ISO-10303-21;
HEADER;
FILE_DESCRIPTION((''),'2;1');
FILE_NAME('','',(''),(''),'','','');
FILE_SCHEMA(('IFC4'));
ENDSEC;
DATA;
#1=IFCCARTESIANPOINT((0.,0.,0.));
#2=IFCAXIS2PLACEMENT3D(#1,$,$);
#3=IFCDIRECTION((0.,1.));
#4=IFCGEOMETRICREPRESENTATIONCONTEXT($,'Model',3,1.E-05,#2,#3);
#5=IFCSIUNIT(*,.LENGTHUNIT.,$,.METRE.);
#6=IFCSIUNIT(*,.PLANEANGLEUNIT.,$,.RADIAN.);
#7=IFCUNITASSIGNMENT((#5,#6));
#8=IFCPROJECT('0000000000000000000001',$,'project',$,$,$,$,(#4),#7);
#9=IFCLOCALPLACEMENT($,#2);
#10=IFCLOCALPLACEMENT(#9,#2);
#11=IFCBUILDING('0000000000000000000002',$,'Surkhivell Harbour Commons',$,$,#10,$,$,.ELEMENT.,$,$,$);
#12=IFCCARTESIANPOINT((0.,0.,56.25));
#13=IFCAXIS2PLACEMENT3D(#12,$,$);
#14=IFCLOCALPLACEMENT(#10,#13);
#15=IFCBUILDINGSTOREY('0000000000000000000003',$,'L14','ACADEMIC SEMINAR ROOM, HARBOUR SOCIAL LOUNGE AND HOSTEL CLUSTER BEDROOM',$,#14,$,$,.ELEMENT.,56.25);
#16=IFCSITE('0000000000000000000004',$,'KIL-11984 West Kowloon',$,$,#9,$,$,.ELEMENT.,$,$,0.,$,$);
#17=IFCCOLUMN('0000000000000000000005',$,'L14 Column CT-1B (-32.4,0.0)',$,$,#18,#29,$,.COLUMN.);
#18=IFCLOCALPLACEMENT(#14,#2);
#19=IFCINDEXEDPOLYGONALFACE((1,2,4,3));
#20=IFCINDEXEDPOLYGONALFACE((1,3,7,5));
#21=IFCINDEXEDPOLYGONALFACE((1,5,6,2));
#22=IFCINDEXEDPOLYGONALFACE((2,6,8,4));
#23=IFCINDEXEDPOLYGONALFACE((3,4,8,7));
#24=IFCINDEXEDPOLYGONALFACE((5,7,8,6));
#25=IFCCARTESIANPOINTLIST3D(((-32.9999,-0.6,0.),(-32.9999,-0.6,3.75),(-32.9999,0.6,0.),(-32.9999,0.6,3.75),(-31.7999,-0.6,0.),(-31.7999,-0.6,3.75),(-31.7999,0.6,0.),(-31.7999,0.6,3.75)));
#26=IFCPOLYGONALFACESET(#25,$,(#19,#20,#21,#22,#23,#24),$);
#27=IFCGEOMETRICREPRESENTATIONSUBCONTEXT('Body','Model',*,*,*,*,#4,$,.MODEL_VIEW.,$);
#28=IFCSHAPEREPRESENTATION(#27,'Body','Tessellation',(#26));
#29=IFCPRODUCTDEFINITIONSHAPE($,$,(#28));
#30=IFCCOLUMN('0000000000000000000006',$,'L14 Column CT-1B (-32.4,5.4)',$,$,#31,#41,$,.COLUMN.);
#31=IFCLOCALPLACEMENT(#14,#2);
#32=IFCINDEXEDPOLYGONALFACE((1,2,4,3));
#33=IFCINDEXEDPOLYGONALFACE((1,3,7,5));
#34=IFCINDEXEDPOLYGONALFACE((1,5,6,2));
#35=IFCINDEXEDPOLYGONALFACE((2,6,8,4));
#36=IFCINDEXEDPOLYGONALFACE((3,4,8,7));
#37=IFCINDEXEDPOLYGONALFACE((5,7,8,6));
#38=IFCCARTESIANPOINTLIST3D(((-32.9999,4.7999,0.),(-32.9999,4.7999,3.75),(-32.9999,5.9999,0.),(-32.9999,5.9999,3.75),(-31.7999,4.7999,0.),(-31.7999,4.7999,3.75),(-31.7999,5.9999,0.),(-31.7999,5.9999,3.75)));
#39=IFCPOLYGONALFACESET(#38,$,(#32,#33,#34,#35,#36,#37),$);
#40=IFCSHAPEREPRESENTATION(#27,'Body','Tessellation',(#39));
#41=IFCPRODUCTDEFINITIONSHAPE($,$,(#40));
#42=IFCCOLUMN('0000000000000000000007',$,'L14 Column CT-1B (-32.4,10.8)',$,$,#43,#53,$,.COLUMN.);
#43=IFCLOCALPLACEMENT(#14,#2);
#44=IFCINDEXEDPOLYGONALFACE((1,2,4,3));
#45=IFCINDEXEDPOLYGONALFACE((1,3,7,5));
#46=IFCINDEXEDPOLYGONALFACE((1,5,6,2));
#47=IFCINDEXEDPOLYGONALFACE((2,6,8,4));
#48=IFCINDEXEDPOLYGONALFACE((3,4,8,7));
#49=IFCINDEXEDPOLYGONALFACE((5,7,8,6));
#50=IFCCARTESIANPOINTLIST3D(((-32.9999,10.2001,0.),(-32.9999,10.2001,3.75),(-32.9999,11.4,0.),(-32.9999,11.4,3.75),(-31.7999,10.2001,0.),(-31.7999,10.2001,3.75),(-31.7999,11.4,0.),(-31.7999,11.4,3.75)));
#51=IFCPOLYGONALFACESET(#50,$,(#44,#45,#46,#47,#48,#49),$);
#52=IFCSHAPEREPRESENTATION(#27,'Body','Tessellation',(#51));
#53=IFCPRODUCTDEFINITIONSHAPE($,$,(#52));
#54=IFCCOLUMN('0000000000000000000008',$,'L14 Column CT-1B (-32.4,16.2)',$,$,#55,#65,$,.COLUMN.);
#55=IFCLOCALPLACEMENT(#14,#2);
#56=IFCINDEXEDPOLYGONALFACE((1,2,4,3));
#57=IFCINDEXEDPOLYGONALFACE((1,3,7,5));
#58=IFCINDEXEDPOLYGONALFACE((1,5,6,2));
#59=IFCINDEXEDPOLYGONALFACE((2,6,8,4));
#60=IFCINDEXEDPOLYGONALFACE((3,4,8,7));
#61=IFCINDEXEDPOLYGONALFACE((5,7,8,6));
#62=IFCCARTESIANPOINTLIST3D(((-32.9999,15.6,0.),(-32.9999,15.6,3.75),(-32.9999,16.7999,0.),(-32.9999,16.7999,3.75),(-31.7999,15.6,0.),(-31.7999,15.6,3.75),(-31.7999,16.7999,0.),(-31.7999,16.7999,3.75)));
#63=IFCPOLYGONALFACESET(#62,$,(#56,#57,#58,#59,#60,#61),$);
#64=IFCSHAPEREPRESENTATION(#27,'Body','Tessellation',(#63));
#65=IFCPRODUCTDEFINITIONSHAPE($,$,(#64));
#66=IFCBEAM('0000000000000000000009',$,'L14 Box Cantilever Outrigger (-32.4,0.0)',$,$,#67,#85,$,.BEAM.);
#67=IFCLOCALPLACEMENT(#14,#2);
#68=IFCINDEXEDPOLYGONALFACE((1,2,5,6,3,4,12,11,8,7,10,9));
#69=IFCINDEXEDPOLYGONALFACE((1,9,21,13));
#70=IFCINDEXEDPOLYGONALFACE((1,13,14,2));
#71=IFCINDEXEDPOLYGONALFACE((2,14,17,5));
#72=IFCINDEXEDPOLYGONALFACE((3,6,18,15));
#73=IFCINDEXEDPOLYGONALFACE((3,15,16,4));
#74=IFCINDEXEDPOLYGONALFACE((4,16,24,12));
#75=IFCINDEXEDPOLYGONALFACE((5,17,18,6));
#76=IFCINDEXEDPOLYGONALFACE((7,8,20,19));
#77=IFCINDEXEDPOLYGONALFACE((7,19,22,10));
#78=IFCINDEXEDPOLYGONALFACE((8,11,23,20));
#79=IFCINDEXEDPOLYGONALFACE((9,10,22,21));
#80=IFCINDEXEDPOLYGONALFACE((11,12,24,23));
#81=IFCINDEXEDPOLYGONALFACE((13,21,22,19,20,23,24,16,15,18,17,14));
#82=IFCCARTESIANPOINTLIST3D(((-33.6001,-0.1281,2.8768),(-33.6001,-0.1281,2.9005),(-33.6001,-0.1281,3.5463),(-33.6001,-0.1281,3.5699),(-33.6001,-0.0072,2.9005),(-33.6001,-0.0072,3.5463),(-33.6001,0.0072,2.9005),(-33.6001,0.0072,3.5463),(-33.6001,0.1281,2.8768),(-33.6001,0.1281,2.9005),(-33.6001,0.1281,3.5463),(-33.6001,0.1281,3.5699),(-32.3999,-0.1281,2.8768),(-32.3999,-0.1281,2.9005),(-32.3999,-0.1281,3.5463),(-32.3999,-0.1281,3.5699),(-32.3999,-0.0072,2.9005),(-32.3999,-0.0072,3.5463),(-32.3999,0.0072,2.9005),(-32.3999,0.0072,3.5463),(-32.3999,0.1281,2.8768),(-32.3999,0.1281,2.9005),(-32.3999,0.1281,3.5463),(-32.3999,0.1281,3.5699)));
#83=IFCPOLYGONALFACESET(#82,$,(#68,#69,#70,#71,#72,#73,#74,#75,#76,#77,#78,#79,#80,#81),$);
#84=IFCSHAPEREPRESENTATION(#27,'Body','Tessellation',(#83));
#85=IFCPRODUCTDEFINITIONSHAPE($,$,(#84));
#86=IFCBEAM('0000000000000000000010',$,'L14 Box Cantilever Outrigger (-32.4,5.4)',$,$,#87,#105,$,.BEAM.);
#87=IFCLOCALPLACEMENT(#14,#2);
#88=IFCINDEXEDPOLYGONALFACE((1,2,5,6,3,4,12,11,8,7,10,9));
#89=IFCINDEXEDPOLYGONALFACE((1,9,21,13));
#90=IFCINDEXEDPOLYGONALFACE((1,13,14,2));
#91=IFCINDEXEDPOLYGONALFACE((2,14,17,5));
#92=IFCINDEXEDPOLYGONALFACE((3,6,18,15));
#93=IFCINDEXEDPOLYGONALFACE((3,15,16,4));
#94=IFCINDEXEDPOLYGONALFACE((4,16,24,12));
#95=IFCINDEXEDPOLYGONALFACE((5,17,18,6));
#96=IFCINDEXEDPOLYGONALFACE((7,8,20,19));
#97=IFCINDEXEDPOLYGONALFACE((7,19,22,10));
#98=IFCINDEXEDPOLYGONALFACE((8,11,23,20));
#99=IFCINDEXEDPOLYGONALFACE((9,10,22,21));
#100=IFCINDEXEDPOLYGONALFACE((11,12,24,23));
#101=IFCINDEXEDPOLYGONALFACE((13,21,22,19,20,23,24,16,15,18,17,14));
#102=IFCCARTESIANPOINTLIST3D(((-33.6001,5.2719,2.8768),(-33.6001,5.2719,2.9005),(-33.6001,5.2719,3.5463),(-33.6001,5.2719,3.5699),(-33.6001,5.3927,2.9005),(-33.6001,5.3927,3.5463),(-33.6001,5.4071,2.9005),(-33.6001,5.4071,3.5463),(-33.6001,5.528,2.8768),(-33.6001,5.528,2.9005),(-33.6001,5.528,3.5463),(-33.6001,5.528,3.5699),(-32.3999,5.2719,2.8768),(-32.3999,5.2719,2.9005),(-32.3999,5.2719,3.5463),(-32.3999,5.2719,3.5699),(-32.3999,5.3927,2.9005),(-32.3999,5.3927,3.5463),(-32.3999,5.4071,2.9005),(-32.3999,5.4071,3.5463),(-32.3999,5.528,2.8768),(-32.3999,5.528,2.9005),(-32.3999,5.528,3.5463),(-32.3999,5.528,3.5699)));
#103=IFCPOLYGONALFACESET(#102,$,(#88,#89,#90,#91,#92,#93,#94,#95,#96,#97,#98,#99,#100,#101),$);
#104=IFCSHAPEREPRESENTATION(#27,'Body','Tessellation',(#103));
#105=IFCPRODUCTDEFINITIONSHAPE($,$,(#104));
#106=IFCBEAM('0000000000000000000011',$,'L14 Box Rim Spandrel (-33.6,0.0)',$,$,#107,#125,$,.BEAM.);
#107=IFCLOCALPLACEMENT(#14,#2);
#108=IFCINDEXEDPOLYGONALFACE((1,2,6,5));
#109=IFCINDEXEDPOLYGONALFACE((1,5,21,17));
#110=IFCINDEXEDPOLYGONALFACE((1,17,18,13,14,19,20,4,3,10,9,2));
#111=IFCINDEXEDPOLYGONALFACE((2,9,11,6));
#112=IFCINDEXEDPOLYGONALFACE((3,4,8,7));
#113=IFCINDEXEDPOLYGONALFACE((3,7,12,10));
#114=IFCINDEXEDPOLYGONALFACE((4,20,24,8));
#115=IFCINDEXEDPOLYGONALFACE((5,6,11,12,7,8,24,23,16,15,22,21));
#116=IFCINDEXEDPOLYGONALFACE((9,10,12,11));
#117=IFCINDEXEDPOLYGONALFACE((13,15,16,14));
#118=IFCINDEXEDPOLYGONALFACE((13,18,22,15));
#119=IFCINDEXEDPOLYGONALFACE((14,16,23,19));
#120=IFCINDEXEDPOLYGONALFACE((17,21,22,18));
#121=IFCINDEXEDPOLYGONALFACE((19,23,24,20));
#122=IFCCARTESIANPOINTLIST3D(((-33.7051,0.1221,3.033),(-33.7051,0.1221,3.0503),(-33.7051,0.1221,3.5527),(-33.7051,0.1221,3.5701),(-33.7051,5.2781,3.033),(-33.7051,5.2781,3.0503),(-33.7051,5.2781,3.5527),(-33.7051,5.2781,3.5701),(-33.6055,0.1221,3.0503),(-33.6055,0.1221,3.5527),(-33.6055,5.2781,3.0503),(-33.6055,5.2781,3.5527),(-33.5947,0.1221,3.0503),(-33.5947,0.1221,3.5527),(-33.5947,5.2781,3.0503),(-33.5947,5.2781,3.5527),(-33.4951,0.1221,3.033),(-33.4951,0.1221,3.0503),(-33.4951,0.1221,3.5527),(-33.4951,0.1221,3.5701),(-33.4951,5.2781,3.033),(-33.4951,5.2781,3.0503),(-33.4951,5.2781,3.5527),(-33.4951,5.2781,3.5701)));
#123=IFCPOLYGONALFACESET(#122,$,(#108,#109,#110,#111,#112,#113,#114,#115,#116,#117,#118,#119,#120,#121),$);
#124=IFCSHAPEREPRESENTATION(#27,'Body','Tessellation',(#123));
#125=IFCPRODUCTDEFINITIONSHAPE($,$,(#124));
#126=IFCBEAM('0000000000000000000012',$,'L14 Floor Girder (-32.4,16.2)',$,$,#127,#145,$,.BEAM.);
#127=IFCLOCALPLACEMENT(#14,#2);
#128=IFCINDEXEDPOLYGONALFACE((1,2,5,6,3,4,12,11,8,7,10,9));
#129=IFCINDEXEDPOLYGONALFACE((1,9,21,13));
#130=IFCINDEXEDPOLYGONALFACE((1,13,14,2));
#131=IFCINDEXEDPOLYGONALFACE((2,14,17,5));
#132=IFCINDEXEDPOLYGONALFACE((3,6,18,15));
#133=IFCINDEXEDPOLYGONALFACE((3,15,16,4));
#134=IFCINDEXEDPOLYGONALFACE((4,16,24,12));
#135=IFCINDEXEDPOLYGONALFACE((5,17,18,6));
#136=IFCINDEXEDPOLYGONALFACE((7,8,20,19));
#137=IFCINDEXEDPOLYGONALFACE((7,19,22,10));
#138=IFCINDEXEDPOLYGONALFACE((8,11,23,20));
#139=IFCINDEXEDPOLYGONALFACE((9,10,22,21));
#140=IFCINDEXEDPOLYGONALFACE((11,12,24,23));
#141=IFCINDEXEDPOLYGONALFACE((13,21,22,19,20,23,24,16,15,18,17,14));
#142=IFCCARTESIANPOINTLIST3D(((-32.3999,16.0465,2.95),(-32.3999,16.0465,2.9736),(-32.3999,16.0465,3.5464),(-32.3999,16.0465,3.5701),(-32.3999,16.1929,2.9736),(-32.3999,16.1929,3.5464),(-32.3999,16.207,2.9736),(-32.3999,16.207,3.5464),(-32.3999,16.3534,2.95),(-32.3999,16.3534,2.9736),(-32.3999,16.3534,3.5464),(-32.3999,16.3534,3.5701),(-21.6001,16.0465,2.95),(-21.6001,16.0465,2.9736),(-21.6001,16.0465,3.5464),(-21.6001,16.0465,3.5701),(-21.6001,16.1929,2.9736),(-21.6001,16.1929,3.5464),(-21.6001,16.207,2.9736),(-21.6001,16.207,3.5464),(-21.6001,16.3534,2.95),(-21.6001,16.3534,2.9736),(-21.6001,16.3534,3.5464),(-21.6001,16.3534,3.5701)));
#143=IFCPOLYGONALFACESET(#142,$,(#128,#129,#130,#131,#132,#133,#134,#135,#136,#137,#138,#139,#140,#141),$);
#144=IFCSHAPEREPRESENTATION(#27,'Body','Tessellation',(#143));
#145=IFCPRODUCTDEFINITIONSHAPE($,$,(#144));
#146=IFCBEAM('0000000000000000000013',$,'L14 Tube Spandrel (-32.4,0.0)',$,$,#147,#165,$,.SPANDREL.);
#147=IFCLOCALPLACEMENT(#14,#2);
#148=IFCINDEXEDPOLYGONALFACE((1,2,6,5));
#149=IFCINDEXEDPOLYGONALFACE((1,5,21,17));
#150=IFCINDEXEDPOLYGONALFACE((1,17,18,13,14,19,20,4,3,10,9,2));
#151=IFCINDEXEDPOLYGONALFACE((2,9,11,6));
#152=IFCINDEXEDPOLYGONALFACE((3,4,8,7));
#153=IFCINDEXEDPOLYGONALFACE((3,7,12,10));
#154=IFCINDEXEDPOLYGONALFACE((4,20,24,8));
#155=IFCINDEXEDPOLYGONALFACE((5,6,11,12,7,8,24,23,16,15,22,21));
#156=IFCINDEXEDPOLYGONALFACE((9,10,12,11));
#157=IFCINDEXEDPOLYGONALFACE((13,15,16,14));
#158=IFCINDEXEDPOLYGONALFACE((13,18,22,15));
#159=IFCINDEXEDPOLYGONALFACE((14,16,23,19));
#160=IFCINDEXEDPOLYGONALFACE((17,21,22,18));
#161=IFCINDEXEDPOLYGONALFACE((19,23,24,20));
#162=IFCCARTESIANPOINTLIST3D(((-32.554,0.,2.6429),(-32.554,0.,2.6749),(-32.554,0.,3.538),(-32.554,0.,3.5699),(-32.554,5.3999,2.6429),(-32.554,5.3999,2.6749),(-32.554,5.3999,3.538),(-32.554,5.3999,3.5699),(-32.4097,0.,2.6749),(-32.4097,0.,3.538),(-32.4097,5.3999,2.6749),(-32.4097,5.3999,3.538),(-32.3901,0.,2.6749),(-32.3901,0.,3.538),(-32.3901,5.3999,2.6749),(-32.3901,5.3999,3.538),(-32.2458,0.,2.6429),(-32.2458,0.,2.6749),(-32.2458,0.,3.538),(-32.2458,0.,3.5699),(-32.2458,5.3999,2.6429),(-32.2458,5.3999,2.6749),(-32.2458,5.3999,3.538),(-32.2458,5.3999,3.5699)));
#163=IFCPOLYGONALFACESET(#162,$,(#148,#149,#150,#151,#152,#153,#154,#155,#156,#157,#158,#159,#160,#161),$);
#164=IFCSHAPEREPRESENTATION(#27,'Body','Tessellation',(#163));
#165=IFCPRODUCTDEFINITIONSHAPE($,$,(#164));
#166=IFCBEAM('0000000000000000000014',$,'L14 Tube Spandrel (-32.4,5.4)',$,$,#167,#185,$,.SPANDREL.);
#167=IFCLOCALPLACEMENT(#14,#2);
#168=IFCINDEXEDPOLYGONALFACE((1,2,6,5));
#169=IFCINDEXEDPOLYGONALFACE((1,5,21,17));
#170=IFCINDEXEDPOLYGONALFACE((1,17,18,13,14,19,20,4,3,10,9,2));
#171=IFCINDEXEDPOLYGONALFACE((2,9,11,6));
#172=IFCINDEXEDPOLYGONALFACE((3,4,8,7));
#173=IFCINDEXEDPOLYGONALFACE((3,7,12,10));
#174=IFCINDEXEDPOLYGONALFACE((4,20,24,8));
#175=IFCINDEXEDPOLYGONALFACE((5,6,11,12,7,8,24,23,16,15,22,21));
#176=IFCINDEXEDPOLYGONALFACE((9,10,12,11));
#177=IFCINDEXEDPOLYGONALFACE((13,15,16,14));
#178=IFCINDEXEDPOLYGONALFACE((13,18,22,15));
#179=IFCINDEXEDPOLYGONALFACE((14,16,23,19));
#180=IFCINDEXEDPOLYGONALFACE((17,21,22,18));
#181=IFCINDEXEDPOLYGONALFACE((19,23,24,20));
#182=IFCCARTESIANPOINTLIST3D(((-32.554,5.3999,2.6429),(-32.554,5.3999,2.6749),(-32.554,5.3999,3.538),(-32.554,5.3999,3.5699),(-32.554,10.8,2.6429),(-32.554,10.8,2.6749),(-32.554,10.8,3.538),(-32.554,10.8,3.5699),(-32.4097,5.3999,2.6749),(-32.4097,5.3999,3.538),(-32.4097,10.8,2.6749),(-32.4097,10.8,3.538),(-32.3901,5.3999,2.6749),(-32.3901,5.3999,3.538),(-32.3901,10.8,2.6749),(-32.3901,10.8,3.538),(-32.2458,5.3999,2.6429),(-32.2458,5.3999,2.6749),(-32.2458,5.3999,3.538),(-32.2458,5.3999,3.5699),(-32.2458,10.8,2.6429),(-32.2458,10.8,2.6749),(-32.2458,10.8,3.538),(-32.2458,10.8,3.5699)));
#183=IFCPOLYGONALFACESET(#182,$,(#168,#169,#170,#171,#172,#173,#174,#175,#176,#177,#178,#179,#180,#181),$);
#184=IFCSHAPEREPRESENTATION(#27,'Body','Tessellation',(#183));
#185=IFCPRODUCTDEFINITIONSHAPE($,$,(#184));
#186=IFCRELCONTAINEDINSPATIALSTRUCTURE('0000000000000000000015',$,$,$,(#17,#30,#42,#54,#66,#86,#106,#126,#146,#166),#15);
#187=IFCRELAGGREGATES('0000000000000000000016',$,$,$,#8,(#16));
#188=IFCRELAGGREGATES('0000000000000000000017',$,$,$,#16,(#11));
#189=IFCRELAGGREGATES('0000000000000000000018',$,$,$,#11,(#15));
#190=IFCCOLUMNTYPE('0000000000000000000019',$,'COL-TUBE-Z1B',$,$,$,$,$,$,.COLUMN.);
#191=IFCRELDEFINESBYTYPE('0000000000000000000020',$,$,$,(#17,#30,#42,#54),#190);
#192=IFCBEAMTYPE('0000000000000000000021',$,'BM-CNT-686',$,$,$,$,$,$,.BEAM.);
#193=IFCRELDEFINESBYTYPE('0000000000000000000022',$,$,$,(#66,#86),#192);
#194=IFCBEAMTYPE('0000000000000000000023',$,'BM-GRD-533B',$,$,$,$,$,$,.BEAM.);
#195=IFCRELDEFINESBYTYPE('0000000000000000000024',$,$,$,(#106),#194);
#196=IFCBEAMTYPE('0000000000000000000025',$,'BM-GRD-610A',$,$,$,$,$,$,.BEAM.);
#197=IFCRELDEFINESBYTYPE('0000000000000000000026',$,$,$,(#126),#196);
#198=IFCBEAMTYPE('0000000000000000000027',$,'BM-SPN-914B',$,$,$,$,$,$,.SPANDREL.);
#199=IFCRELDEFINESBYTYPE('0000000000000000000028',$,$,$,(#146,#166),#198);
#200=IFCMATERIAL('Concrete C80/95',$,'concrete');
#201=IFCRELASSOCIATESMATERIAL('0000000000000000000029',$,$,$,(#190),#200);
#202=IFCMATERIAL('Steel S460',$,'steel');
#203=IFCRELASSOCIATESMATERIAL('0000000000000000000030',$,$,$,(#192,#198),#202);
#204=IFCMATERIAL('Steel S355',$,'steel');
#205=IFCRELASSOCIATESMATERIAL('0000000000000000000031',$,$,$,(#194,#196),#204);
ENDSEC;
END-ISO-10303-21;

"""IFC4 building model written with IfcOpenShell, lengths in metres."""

from ifc_helpers import new_model, si_unit, direction, frame, origin, origin_2d, place, context, subcontext, project, spatial, rectangle, i_section, extrude, material, material_profile, profile_set, type_object, element, save


model = new_model("IFC4")

# Units and contexts
model_context = context("Model", 3, precision=1e-05, world=origin(), true_north=direction((0.0, 1.0)))
body_context = subcontext(model_context, "Body", "Model", "MODEL_VIEW")
ifc_project = project(units=[si_unit("LENGTHUNIT", "METRE"), si_unit("PLANEANGLEUNIT", "RADIAN")], contexts=[model_context])

# Site, building, storey
site_placement = place(None, origin())
site = spatial("IfcSite", under=ifc_project, at=site_placement, Name="KIL-11984 West Kowloon", CompositionType="ELEMENT", RefElevation=0.0)
building_placement = place(site_placement, origin())
building = spatial("IfcBuilding", under=site, at=building_placement, Name="Surkhivell Harbour Commons", CompositionType="ELEMENT")
storey_placement = place(building_placement, frame((0.0, 0.0, 56.25)))
storey = spatial("IfcBuildingStorey", under=building, at=storey_placement, Name="L14", Description="ACADEMIC SEMINAR ROOM, HARBOUR SOCIAL LOUNGE AND HOSTEL CLUSTER BEDROOM", CompositionType="ELEMENT", Elevation=56.25)

# Columns
ifc_material_1 = material(Name="Concrete C80/95", Category="concrete")
ifc_material_profile_1 = material_profile(ifc_material_1, rectangle(XDim=1.2, YDim=1.2, at=origin_2d()), Name="RC-COL-1200x1200")
ifc_profile_set_1 = profile_set([ifc_material_profile_1], Name="Concrete C80/95")
column_type = type_object("IfcColumnType", Name="COL-TUBE-Z1B", PredefinedType="COLUMN", material=ifc_profile_set_1)
for number, where, z_axis, x_axis, name in (
    (1, (-32.3999, 0.0, 0.0), (0.0, 0.0, 1.0), (1.0, 0.0, 0.0), "L14 Column CT-1B (-32.4,0.0)"),
    (2, (-32.3999, 5.3999, 0.0), (0.0, 0.0, 1.0), (1.0, 0.0, 0.0), "L14 Column CT-1B (-32.4,5.4)"),
    (3, (-32.3999, 10.8, 0.0), (0.0, 0.0, 1.0), (1.0, 0.0, 0.0), "L14 Column CT-1B (-32.4,10.8)"),
    (4, (-32.3999, 16.2, 0.0), (0.0, 0.0, 1.0), (1.0, 0.0, 0.0), "L14 Column CT-1B (-32.4,16.2)"),
):
    element("IfcColumn", number, at=place(storey_placement, frame(where, z_axis=z_axis, x_axis=x_axis)), inside=storey, type_object=column_type, Name=name, PredefinedType="COLUMN", context=body_context, shape_type="SweptSolid", body=[
        extrude(rectangle(XDim=1.2, YDim=1.2, at=origin_2d()), origin(), (0.0, 0.0, 1.0), 3.75),
    ])

# Beams
ifc_material_2 = material(Name="Steel S460", Category="steel")
ifc_material_profile_2 = material_profile(ifc_material_2, i_section(OverallWidth=0.2561, OverallDepth=0.6931, WebThickness=0.0144, FlangeThickness=0.0237, at=origin_2d()), Name="UB686x254x170")
ifc_profile_set_2 = profile_set([ifc_material_profile_2], Name="Steel S460")
beam_type_1 = type_object("IfcBeamType", Name="BM-CNT-686", PredefinedType="BEAM", material=ifc_profile_set_2)
for number, where, z_axis, x_axis, name in (
    (5, (-32.3999, 0.0, 3.2234), (-1.0, 0.0, 0.0), (0.0, -1.0, 0.0), "L14 Box Cantilever Outrigger (-32.4,0.0)"),
    (6, (-32.3999, 5.3999, 3.2234), (-1.0, 0.0, 0.0), (0.0, -1.0, 0.0), "L14 Box Cantilever Outrigger (-32.4,5.4)"),
):
    element("IfcBeam", number, at=place(storey_placement, frame(where, z_axis=z_axis, x_axis=x_axis)), inside=storey, type_object=beam_type_1, Name=name, PredefinedType="BEAM", context=body_context, shape_type="SweptSolid", body=[
        extrude(i_section(OverallWidth=0.2561, OverallDepth=0.6931, WebThickness=0.0144, FlangeThickness=0.0237, at=origin_2d()), origin(), (0.0, 0.0, 1.0), 1.2002),
    ])
ifc_material_3 = material(Name="Steel S355", Category="steel")
ifc_material_profile_3 = material_profile(ifc_material_3, i_section(OverallWidth=0.21, OverallDepth=0.5371, WebThickness=0.0107, FlangeThickness=0.0173, at=origin_2d()), Name="UB533x210x101")
ifc_profile_set_3 = profile_set([ifc_material_profile_3], Name="Steel S355")
beam_type_2 = type_object("IfcBeamType", Name="BM-GRD-533B", PredefinedType="BEAM", material=ifc_profile_set_3)
beam_1_placement = place(storey_placement, frame((-33.6001, 0.1221, 3.3015), z_axis=(0.0, 1.0, 0.0), x_axis=(-1.0, 0.0, 0.0)))
element("IfcBeam", 7, at=beam_1_placement, inside=storey, type_object=beam_type_2, Name="L14 Box Rim Spandrel (-33.6,0.0)", PredefinedType="BEAM", context=body_context, shape_type="SweptSolid", body=[
    extrude(i_section(OverallWidth=0.21, OverallDepth=0.5371, WebThickness=0.0107, FlangeThickness=0.0173, at=origin_2d()), origin(), (0.0, 0.0, 1.0), 5.156),
])
ifc_material_profile_4 = material_profile(ifc_material_3, i_section(OverallWidth=0.3069, OverallDepth=0.6201, WebThickness=0.0142, FlangeThickness=0.0237, at=origin_2d()), Name="UB610x305x179")
ifc_profile_set_4 = profile_set([ifc_material_profile_4], Name="Steel S355")
beam_type_3 = type_object("IfcBeamType", Name="BM-GRD-610A", PredefinedType="BEAM", material=ifc_profile_set_4)
beam_2_placement = place(storey_placement, frame((-32.3999, 16.2, 3.26), z_axis=(1.0, 0.0, 0.0), x_axis=(0.0, 1.0, 0.0)))
element("IfcBeam", 8, at=beam_2_placement, inside=storey, type_object=beam_type_3, Name="L14 Floor Girder (-32.4,16.2)", PredefinedType="BEAM", context=body_context, shape_type="SweptSolid", body=[
    extrude(i_section(OverallWidth=0.3069, OverallDepth=0.6201, WebThickness=0.0142, FlangeThickness=0.0237, at=origin_2d()), origin(), (0.0, 0.0, 1.0), 10.7998),
])
ifc_material_profile_5 = material_profile(ifc_material_2, i_section(OverallWidth=0.3081, OverallDepth=0.927, WebThickness=0.0195, FlangeThickness=0.032, at=origin_2d()), Name="UB914x305x289")
ifc_profile_set_5 = profile_set([ifc_material_profile_5], Name="Steel S460")
beam_type_4 = type_object("IfcBeamType", Name="BM-SPN-914B", PredefinedType="SPANDREL", material=ifc_profile_set_5)
beam_3_placement = place(storey_placement, frame((-32.3999, 0.0, 3.1064), z_axis=(0.0, 1.0, 0.0), x_axis=(-1.0, 0.0, 0.0)))
element("IfcBeam", 9, at=beam_3_placement, inside=storey, type_object=beam_type_4, Name="L14 Tube Spandrel (-32.4,0.0)", PredefinedType="SPANDREL", context=body_context, shape_type="SweptSolid", body=[
    extrude(i_section(OverallWidth=0.3081, OverallDepth=0.927, WebThickness=0.0195, FlangeThickness=0.032, at=origin_2d()), origin(), (0.0, 0.0, 1.0), 5.3999),
])
beam_4_placement = place(storey_placement, frame((-32.3999, 5.3999, 3.1064), z_axis=(0.0, 1.0, 0.0), x_axis=(-1.0, 0.0, 0.0)))
element("IfcBeam", 10, at=beam_4_placement, inside=storey, type_object=beam_type_4, Name="L14 Tube Spandrel (-32.4,5.4)", PredefinedType="SPANDREL", context=body_context, shape_type="SweptSolid", body=[
    extrude(i_section(OverallWidth=0.3081, OverallDepth=0.927, WebThickness=0.0195, FlangeThickness=0.032, at=origin_2d()), origin(), (0.0, 0.0, 1.0), 5.4001),
])

save(model, "model.ifc")
